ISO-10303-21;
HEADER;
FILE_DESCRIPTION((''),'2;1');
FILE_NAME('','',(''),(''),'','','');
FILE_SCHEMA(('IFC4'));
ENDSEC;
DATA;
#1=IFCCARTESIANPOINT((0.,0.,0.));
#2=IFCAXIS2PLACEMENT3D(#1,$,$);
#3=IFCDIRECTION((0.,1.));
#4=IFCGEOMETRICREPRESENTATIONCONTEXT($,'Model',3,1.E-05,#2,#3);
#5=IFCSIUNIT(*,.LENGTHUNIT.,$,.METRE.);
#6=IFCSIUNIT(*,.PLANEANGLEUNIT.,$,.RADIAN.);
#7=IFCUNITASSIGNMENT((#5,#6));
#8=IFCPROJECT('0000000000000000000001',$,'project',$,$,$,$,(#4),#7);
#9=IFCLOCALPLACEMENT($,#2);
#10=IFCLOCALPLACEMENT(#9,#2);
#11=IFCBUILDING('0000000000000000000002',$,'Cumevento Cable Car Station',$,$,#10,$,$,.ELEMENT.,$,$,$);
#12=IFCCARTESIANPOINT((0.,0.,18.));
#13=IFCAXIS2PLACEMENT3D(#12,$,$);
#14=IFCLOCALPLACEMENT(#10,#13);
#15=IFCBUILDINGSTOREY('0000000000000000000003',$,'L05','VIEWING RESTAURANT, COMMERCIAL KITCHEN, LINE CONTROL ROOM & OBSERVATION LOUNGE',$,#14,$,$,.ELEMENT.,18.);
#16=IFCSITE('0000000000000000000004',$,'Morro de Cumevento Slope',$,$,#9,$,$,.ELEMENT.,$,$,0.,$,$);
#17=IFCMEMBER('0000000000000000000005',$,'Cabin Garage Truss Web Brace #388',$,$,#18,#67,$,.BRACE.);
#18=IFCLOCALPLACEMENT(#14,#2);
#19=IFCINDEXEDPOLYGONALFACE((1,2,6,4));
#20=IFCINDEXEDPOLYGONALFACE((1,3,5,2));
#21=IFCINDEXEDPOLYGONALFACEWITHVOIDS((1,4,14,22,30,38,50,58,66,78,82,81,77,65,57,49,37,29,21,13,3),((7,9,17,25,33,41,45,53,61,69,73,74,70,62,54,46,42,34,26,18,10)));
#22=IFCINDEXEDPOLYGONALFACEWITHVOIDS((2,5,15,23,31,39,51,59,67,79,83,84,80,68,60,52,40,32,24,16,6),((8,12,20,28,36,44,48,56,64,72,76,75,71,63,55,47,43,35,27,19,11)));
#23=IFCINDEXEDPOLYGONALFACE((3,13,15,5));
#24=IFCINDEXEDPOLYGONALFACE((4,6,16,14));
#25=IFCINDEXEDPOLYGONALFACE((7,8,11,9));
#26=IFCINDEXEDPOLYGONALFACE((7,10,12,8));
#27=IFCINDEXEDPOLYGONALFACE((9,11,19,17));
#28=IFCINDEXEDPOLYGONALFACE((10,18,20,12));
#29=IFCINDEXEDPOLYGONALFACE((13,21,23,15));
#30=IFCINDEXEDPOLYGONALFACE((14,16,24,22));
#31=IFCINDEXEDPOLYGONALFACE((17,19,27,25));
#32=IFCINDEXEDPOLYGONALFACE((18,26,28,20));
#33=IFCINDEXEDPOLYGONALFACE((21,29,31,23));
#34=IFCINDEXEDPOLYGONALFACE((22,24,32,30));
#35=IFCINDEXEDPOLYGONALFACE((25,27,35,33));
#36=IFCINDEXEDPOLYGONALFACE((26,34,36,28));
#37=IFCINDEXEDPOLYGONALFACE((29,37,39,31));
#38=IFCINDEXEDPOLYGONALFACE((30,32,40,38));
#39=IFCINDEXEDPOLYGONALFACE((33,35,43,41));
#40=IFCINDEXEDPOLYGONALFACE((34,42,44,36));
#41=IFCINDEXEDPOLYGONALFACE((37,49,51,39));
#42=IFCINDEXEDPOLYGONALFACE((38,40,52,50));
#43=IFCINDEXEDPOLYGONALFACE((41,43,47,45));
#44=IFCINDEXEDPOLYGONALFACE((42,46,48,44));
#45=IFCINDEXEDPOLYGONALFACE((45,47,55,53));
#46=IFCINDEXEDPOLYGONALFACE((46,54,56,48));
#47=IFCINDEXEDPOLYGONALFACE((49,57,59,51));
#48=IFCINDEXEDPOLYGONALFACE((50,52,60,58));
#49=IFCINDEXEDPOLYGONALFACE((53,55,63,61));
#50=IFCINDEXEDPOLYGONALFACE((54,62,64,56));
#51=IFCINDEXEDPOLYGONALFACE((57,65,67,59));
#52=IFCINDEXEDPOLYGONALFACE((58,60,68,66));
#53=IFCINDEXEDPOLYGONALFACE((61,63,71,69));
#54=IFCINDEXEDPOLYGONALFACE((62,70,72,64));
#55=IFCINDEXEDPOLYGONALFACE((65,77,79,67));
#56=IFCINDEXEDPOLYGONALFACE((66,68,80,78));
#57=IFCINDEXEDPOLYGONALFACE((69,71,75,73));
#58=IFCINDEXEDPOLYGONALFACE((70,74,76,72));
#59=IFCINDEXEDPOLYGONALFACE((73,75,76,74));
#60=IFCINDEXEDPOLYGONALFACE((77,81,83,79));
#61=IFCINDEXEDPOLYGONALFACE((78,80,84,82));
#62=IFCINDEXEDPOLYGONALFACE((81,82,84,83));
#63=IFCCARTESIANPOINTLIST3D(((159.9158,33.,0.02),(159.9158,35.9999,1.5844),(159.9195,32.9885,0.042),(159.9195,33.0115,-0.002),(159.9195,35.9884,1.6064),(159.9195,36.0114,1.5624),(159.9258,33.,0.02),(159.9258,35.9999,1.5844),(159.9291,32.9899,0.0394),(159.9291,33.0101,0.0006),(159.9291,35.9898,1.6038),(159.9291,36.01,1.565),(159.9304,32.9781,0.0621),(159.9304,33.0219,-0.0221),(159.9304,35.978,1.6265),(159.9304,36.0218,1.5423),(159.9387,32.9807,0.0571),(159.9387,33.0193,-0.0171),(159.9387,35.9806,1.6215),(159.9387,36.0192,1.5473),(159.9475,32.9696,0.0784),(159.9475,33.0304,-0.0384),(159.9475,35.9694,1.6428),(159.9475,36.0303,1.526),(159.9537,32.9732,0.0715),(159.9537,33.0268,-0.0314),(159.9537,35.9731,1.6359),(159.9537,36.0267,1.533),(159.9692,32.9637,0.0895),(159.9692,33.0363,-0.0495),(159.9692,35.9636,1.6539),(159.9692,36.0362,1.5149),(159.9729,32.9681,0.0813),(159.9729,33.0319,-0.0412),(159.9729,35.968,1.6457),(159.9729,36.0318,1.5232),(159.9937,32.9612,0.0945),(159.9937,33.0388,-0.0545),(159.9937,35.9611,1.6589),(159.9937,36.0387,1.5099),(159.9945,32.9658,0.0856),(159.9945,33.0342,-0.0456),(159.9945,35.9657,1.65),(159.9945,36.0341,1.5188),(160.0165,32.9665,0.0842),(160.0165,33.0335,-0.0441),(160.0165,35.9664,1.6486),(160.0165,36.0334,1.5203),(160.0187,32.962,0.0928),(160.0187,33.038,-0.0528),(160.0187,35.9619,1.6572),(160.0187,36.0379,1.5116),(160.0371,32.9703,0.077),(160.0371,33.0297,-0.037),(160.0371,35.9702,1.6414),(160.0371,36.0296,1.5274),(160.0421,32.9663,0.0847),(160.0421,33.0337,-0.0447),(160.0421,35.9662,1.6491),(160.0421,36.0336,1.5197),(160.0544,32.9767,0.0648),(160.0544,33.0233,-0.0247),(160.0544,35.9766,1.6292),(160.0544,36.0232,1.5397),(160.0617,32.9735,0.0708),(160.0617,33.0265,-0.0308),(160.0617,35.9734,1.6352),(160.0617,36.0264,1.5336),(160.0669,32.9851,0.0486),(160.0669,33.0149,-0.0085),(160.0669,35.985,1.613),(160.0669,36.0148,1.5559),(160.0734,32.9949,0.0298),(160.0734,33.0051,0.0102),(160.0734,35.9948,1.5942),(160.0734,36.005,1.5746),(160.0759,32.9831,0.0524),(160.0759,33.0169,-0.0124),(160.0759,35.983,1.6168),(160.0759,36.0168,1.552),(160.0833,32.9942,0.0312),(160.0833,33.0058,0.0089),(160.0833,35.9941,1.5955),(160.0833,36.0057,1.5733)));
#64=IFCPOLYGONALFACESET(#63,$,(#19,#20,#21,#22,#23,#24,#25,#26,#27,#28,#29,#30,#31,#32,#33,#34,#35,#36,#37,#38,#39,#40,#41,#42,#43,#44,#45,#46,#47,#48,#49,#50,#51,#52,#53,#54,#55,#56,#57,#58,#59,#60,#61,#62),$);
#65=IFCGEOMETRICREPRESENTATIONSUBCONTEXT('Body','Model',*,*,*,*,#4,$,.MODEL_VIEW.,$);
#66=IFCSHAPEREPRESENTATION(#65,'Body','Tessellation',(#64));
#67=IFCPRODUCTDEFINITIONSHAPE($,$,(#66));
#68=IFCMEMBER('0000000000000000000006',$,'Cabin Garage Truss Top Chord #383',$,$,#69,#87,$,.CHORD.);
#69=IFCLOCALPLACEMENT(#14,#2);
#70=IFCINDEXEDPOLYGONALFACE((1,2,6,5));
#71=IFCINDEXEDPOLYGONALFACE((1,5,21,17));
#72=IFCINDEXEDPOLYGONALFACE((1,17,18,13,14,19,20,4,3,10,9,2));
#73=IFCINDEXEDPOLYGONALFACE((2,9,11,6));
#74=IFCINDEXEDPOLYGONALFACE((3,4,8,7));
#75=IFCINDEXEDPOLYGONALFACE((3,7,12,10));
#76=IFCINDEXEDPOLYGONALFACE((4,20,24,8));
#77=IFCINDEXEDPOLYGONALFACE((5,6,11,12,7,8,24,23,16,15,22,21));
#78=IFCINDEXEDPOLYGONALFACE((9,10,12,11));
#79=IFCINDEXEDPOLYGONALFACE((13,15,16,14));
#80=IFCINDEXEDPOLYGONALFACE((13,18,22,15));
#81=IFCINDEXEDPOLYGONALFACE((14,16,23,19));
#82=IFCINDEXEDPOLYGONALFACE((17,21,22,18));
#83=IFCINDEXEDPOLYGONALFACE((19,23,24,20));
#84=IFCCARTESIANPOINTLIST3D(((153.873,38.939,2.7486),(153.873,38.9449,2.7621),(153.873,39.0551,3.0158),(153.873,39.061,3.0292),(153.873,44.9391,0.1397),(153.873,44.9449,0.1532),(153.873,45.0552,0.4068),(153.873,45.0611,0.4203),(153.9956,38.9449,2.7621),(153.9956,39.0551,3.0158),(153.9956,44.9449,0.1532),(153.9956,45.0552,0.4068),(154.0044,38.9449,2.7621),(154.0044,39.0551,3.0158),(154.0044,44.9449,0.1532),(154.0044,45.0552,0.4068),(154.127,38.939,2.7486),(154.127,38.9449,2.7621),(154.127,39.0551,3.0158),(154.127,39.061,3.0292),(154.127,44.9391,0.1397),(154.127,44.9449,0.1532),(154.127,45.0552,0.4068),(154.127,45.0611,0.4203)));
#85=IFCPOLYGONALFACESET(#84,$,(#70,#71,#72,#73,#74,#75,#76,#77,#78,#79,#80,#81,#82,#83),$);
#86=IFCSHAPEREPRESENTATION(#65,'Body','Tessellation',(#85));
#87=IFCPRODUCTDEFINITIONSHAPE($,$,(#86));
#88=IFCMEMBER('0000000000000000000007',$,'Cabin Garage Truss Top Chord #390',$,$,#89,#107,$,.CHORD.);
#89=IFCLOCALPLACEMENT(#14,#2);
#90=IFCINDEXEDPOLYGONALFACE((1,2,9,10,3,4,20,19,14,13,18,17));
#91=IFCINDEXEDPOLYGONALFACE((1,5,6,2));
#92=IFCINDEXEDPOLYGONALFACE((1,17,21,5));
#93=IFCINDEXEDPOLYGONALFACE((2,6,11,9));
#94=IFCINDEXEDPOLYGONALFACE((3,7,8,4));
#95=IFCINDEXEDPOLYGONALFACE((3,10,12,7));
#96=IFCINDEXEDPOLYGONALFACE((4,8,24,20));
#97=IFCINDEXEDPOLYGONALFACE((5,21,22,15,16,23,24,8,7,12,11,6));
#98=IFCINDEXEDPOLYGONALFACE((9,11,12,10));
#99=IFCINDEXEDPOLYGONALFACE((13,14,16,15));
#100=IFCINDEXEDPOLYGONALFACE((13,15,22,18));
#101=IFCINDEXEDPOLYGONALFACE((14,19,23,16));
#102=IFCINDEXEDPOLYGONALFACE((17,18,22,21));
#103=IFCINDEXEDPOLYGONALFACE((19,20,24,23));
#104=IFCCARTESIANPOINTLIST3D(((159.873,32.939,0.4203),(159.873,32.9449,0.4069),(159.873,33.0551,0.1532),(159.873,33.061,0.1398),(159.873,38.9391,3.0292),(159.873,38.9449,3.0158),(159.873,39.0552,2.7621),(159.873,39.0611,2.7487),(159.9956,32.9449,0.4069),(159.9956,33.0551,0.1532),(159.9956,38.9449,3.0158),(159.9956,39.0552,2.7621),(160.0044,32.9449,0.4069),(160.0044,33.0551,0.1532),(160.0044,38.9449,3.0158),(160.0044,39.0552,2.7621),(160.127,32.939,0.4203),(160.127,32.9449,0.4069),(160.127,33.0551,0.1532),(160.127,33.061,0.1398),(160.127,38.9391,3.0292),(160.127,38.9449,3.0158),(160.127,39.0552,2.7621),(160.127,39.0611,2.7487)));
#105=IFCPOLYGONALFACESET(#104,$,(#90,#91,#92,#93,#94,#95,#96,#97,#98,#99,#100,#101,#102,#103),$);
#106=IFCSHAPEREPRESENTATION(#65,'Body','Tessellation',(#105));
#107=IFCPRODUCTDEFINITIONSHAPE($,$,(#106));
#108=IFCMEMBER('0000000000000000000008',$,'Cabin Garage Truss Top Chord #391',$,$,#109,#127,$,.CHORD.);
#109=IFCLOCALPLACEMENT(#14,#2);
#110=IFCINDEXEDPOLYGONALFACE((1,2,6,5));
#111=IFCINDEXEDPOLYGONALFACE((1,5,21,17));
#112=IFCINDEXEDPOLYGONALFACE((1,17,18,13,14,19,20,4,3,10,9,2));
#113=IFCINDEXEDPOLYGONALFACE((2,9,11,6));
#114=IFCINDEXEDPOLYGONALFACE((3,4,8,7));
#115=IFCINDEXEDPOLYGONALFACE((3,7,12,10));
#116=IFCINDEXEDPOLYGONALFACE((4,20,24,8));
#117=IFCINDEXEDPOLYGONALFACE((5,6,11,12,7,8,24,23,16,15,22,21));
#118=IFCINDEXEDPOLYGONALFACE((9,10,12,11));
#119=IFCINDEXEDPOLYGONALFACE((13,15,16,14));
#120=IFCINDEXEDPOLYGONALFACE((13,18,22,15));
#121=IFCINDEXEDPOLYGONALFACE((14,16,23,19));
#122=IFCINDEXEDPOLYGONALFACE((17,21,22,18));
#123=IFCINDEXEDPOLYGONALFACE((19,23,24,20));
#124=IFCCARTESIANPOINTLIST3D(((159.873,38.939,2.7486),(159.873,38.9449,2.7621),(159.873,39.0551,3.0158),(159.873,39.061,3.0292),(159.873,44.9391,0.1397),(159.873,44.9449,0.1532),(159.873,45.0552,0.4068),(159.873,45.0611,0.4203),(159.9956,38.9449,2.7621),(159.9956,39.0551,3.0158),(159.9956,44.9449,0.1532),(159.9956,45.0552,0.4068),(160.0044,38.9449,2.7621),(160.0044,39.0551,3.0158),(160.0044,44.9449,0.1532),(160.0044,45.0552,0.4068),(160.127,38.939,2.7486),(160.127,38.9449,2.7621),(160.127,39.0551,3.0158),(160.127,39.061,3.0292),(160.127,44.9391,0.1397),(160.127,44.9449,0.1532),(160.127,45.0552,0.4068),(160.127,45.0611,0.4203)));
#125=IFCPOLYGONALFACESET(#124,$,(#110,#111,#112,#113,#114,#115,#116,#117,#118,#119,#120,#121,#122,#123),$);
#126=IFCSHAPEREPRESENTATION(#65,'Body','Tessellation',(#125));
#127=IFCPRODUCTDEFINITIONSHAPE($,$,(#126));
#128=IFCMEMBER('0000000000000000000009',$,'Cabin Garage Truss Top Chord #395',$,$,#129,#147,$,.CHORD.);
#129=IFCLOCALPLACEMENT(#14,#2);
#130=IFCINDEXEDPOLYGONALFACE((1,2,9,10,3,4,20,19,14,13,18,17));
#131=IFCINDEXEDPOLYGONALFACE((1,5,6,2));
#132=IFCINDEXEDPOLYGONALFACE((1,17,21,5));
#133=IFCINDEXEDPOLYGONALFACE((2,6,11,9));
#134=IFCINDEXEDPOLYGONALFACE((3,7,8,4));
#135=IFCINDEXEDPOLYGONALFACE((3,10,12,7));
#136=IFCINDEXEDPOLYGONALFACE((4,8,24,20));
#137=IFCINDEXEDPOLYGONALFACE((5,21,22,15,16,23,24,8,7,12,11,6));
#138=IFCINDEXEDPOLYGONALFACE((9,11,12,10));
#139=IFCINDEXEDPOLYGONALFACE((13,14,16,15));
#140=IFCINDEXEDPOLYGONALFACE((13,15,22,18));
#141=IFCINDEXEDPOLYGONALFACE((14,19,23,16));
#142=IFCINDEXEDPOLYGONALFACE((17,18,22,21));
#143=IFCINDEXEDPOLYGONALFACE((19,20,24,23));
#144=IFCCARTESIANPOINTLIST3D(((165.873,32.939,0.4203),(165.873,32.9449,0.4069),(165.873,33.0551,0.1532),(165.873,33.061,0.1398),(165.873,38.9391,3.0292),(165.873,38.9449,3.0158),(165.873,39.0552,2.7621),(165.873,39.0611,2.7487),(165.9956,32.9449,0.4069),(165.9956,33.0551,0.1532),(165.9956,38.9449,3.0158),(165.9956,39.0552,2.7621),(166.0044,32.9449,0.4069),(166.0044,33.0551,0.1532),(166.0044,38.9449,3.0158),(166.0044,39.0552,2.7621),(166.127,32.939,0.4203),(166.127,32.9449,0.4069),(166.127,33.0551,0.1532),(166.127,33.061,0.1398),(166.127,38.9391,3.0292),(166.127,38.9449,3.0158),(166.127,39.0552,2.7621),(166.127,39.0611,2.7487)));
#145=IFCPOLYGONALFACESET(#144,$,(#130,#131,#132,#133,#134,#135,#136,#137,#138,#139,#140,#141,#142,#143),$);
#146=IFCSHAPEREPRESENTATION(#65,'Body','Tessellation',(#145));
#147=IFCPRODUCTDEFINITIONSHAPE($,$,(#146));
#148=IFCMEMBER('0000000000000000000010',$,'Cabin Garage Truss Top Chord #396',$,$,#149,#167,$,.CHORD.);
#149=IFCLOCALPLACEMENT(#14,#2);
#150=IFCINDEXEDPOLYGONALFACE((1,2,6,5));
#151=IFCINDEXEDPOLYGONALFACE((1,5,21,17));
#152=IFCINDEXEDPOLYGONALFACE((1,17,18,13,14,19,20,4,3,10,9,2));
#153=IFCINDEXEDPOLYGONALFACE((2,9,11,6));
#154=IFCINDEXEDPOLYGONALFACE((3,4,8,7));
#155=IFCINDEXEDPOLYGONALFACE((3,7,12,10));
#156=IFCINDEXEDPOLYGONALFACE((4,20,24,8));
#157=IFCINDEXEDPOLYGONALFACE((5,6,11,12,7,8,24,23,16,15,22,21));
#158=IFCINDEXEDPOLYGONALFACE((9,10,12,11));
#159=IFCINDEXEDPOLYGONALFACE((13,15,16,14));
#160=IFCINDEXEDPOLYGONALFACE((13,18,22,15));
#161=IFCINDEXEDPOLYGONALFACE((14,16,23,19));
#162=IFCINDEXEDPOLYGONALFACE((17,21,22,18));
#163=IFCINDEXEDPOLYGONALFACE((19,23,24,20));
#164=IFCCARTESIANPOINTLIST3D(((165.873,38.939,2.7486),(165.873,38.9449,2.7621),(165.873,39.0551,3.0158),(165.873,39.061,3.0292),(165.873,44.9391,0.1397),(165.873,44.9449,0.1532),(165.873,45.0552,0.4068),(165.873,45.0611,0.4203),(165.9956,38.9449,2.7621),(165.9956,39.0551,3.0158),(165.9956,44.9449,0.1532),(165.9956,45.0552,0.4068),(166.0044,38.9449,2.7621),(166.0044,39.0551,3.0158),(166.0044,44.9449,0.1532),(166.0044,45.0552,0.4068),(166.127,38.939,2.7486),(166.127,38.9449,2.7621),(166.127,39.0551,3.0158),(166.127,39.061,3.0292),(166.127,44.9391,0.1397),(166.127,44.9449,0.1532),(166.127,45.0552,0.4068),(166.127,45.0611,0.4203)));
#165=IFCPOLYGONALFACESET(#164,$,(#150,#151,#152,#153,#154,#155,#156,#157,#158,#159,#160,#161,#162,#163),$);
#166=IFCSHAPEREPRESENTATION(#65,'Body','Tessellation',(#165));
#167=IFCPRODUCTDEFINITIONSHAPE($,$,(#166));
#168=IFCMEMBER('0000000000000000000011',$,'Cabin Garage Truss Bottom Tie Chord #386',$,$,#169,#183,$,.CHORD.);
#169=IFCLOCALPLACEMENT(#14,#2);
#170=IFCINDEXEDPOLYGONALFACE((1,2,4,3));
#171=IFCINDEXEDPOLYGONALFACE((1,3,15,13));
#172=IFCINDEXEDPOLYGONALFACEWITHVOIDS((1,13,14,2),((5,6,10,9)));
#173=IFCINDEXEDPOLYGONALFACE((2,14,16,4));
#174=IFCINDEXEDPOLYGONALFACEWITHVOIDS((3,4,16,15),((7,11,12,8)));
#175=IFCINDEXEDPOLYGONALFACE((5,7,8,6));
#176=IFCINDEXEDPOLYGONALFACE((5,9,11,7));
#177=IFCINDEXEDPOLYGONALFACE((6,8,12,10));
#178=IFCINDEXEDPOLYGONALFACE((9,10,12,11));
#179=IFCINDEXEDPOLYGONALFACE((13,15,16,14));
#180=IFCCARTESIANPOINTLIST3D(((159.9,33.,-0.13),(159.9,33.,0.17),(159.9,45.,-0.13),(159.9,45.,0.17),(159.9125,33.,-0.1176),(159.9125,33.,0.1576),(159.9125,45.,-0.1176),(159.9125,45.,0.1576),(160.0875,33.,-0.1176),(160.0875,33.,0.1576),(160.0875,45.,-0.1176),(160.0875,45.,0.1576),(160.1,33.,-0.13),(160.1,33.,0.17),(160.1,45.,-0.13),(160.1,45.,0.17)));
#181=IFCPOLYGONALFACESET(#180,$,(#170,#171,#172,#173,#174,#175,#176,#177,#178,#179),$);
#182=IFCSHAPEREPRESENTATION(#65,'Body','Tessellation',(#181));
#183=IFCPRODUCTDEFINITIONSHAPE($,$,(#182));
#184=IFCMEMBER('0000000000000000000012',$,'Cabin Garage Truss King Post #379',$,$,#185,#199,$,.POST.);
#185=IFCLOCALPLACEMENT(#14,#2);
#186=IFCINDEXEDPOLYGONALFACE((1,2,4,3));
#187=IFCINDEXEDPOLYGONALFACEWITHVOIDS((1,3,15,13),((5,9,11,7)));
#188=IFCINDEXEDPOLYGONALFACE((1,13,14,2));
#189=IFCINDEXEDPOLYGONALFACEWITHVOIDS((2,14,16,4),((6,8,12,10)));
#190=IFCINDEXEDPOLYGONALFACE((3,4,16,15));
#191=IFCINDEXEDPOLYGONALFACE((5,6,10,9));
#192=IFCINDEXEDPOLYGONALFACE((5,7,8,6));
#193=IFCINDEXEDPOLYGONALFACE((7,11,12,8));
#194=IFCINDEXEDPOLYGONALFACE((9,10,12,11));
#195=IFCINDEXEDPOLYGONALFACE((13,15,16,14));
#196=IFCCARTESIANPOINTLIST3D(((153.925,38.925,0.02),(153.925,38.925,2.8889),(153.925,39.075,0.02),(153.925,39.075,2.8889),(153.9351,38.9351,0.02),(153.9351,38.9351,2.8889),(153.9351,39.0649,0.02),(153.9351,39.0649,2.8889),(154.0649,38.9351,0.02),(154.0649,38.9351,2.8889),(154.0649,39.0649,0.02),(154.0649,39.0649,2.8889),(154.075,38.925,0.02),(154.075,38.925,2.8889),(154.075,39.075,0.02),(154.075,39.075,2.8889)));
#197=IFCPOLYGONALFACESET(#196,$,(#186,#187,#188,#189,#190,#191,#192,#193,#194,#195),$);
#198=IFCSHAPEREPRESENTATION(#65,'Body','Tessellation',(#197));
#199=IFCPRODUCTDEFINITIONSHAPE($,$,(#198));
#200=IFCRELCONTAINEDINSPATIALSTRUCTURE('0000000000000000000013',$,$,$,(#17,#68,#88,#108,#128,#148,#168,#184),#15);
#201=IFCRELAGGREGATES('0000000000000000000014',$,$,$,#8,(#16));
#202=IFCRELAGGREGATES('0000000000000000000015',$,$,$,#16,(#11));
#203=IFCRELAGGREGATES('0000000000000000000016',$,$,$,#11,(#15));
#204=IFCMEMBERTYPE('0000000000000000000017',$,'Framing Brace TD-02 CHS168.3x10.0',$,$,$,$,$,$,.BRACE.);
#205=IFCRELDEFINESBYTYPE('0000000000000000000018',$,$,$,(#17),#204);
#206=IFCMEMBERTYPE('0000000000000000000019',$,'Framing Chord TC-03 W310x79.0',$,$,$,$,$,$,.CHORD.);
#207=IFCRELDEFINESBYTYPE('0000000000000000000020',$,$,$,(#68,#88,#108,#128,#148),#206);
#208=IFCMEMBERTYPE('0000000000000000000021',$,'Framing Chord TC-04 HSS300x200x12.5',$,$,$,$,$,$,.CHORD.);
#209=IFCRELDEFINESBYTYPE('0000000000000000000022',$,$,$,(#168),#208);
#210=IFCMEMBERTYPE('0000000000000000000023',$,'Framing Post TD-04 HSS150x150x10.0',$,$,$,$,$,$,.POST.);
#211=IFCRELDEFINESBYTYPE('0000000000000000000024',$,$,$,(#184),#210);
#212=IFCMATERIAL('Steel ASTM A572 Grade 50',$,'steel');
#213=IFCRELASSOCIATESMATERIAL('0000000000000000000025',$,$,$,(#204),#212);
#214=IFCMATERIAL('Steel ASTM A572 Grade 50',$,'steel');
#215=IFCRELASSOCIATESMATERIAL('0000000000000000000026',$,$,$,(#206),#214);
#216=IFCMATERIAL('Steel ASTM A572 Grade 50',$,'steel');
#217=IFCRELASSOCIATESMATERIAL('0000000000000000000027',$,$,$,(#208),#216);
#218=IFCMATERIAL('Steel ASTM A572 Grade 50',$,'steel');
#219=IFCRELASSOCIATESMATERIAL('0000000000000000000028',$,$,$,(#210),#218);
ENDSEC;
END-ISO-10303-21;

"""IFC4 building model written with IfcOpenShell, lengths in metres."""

from ifc_helpers import new_model, si_unit, direction, frame, origin, origin_2d, place, context, subcontext, project, spatial, hollow_rectangle, hollow_circle, i_section, extrude, material, material_profile, profile_set, type_object, element, save


model = new_model("IFC4")

# Units and contexts
model_context = context("Model", 3, precision=1e-05, world=origin(), true_north=direction((0.0, 1.0)))
body_context = subcontext(model_context, "Body", "Model", "MODEL_VIEW")
ifc_project = project(units=[si_unit("LENGTHUNIT", "METRE"), si_unit("PLANEANGLEUNIT", "RADIAN")], contexts=[model_context])

# Site, building, storey
site_placement = place(None, origin())
site = spatial("IfcSite", under=ifc_project, at=site_placement, Name="Morro de Cumevento Slope", CompositionType="ELEMENT", RefElevation=0.0)
building_placement = place(site_placement, origin())
building = spatial("IfcBuilding", under=site, at=building_placement, Name="Cumevento Cable Car Station", CompositionType="ELEMENT")
storey_placement = place(building_placement, frame((0.0, 0.0, 18.0)))
storey = spatial("IfcBuildingStorey", under=building, at=storey_placement, Name="L05", Description="VIEWING RESTAURANT, COMMERCIAL KITCHEN, LINE CONTROL ROOM & OBSERVATION LOUNGE", CompositionType="ELEMENT", Elevation=18.0)

# Members
ifc_material_1 = material(Name="Steel ASTM A572 Grade 50", Category="steel")
ifc_material_profile_1 = material_profile(ifc_material_1, hollow_circle(Radius=0.0842, WallThickness=0.01, at=origin_2d()), Name="CHS168.3x10.0")
ifc_profile_set_1 = profile_set([ifc_material_profile_1], Name="Steel ASTM A572 Grade 50")
member_type_1 = type_object("IfcMemberType", Name="Framing Brace TD-02 CHS168.3x10.0", PredefinedType="BRACE", material=ifc_profile_set_1)
member_1_placement = place(storey_placement, frame((160.0, 33.0, 0.02), z_axis=(0.0, 0.886677, 0.462388), x_axis=(-1.0, 0.0, 0.0)))
element("IfcMember", 1, at=member_1_placement, inside=storey, type_object=member_type_1, Name="Cabin Garage Truss Web Brace #388", PredefinedType="BRACE", context=body_context, shape_type="SweptSolid", body=[
    extrude(hollow_circle(Radius=0.0842, WallThickness=0.01, at=origin_2d()), origin(), (0.0, 0.0, 1.0), 3.3833),
])
ifc_material_2 = material(Name="Steel ASTM A572 Grade 50", Category="steel")
ifc_material_profile_2 = material_profile(ifc_material_2, i_section(OverallWidth=0.2539, OverallDepth=0.3059, WebThickness=0.0088, FlangeThickness=0.0146, at=origin_2d()), Name="W310x79.0")
ifc_profile_set_2 = profile_set([ifc_material_profile_2], Name="Steel ASTM A572 Grade 50")
member_type_2 = type_object("IfcMemberType", Name="Framing Chord TC-03 W310x79.0", PredefinedType="CHORD", material=ifc_profile_set_2)
for number, where, z_axis, x_axis, name in (
    (2, (154.0, 39.0, 2.8889), (0.0, 0.917059, -0.398751), (-1.0, 0.0, 0.0), "Cabin Garage Truss Top Chord #383"),
    (3, (160.0, 33.0, 0.28), (0.0, 0.917059, 0.398751), (-1.0, 0.0, 0.0), "Cabin Garage Truss Top Chord #390"),
    (4, (160.0, 39.0, 2.8889), (0.0, 0.917059, -0.398751), (-1.0, 0.0, 0.0), "Cabin Garage Truss Top Chord #391"),
    (5, (166.0, 33.0, 0.28), (0.0, 0.917059, 0.398751), (-1.0, 0.0, 0.0), "Cabin Garage Truss Top Chord #395"),
    (6, (166.0, 39.0, 2.8889), (0.0, 0.917059, -0.398751), (-1.0, 0.0, 0.0), "Cabin Garage Truss Top Chord #396"),
):
    element("IfcMember", number, at=place(storey_placement, frame(where, z_axis=z_axis, x_axis=x_axis)), inside=storey, type_object=member_type_2, Name=name, PredefinedType="CHORD", context=body_context, shape_type="SweptSolid", body=[
        extrude(i_section(OverallWidth=0.2539, OverallDepth=0.3059, WebThickness=0.0088, FlangeThickness=0.0146, at=origin_2d()), origin(), (0.0, 0.0, 1.0), 6.5427),
    ])
ifc_material_3 = material(Name="Steel ASTM A572 Grade 50", Category="steel")
ifc_material_profile_3 = material_profile(ifc_material_3, hollow_rectangle(XDim=0.2, YDim=0.3, WallThickness=0.0125, at=origin_2d()), Name="HSS300x200x12.5")
ifc_profile_set_3 = profile_set([ifc_material_profile_3], Name="Steel ASTM A572 Grade 50")
member_type_3 = type_object("IfcMemberType", Name="Framing Chord TC-04 HSS300x200x12.5", PredefinedType="CHORD", material=ifc_profile_set_3)
member_2_placement = place(storey_placement, frame((160.0, 33.0, 0.02), z_axis=(0.0, 1.0, 0.0), x_axis=(-1.0, 0.0, 0.0)))
element("IfcMember", 7, at=member_2_placement, inside=storey, type_object=member_type_3, Name="Cabin Garage Truss Bottom Tie Chord #386", PredefinedType="CHORD", context=body_context, shape_type="SweptSolid", body=[
    extrude(hollow_rectangle(XDim=0.2, YDim=0.3, WallThickness=0.0125, at=origin_2d()), origin(), (0.0, 0.0, 1.0), 12.0),
])
ifc_material_4 = material(Name="Steel ASTM A572 Grade 50", Category="steel")
ifc_material_profile_4 = material_profile(ifc_material_4, hollow_rectangle(XDim=0.1499, YDim=0.1499, WallThickness=0.01, at=origin_2d()), Name="HSS150x150x10.0")
ifc_profile_set_4 = profile_set([ifc_material_profile_4], Name="Steel ASTM A572 Grade 50")
member_type_4 = type_object("IfcMemberType", Name="Framing Post TD-04 HSS150x150x10.0", PredefinedType="POST", material=ifc_profile_set_4)
member_3_placement = place(storey_placement, frame((154.0, 39.0, 0.02), z_axis=(0.0, 0.0, 1.0), x_axis=(1.0, 0.0, 0.0)))
element("IfcMember", 8, at=member_3_placement, inside=storey, type_object=member_type_4, Name="Cabin Garage Truss King Post #379", PredefinedType="POST", context=body_context, shape_type="SweptSolid", body=[
    extrude(hollow_rectangle(XDim=0.1499, YDim=0.1499, WallThickness=0.01, at=origin_2d()), origin(), (0.0, 0.0, 1.0), 2.8689),
])

save(model, "model.ifc")
